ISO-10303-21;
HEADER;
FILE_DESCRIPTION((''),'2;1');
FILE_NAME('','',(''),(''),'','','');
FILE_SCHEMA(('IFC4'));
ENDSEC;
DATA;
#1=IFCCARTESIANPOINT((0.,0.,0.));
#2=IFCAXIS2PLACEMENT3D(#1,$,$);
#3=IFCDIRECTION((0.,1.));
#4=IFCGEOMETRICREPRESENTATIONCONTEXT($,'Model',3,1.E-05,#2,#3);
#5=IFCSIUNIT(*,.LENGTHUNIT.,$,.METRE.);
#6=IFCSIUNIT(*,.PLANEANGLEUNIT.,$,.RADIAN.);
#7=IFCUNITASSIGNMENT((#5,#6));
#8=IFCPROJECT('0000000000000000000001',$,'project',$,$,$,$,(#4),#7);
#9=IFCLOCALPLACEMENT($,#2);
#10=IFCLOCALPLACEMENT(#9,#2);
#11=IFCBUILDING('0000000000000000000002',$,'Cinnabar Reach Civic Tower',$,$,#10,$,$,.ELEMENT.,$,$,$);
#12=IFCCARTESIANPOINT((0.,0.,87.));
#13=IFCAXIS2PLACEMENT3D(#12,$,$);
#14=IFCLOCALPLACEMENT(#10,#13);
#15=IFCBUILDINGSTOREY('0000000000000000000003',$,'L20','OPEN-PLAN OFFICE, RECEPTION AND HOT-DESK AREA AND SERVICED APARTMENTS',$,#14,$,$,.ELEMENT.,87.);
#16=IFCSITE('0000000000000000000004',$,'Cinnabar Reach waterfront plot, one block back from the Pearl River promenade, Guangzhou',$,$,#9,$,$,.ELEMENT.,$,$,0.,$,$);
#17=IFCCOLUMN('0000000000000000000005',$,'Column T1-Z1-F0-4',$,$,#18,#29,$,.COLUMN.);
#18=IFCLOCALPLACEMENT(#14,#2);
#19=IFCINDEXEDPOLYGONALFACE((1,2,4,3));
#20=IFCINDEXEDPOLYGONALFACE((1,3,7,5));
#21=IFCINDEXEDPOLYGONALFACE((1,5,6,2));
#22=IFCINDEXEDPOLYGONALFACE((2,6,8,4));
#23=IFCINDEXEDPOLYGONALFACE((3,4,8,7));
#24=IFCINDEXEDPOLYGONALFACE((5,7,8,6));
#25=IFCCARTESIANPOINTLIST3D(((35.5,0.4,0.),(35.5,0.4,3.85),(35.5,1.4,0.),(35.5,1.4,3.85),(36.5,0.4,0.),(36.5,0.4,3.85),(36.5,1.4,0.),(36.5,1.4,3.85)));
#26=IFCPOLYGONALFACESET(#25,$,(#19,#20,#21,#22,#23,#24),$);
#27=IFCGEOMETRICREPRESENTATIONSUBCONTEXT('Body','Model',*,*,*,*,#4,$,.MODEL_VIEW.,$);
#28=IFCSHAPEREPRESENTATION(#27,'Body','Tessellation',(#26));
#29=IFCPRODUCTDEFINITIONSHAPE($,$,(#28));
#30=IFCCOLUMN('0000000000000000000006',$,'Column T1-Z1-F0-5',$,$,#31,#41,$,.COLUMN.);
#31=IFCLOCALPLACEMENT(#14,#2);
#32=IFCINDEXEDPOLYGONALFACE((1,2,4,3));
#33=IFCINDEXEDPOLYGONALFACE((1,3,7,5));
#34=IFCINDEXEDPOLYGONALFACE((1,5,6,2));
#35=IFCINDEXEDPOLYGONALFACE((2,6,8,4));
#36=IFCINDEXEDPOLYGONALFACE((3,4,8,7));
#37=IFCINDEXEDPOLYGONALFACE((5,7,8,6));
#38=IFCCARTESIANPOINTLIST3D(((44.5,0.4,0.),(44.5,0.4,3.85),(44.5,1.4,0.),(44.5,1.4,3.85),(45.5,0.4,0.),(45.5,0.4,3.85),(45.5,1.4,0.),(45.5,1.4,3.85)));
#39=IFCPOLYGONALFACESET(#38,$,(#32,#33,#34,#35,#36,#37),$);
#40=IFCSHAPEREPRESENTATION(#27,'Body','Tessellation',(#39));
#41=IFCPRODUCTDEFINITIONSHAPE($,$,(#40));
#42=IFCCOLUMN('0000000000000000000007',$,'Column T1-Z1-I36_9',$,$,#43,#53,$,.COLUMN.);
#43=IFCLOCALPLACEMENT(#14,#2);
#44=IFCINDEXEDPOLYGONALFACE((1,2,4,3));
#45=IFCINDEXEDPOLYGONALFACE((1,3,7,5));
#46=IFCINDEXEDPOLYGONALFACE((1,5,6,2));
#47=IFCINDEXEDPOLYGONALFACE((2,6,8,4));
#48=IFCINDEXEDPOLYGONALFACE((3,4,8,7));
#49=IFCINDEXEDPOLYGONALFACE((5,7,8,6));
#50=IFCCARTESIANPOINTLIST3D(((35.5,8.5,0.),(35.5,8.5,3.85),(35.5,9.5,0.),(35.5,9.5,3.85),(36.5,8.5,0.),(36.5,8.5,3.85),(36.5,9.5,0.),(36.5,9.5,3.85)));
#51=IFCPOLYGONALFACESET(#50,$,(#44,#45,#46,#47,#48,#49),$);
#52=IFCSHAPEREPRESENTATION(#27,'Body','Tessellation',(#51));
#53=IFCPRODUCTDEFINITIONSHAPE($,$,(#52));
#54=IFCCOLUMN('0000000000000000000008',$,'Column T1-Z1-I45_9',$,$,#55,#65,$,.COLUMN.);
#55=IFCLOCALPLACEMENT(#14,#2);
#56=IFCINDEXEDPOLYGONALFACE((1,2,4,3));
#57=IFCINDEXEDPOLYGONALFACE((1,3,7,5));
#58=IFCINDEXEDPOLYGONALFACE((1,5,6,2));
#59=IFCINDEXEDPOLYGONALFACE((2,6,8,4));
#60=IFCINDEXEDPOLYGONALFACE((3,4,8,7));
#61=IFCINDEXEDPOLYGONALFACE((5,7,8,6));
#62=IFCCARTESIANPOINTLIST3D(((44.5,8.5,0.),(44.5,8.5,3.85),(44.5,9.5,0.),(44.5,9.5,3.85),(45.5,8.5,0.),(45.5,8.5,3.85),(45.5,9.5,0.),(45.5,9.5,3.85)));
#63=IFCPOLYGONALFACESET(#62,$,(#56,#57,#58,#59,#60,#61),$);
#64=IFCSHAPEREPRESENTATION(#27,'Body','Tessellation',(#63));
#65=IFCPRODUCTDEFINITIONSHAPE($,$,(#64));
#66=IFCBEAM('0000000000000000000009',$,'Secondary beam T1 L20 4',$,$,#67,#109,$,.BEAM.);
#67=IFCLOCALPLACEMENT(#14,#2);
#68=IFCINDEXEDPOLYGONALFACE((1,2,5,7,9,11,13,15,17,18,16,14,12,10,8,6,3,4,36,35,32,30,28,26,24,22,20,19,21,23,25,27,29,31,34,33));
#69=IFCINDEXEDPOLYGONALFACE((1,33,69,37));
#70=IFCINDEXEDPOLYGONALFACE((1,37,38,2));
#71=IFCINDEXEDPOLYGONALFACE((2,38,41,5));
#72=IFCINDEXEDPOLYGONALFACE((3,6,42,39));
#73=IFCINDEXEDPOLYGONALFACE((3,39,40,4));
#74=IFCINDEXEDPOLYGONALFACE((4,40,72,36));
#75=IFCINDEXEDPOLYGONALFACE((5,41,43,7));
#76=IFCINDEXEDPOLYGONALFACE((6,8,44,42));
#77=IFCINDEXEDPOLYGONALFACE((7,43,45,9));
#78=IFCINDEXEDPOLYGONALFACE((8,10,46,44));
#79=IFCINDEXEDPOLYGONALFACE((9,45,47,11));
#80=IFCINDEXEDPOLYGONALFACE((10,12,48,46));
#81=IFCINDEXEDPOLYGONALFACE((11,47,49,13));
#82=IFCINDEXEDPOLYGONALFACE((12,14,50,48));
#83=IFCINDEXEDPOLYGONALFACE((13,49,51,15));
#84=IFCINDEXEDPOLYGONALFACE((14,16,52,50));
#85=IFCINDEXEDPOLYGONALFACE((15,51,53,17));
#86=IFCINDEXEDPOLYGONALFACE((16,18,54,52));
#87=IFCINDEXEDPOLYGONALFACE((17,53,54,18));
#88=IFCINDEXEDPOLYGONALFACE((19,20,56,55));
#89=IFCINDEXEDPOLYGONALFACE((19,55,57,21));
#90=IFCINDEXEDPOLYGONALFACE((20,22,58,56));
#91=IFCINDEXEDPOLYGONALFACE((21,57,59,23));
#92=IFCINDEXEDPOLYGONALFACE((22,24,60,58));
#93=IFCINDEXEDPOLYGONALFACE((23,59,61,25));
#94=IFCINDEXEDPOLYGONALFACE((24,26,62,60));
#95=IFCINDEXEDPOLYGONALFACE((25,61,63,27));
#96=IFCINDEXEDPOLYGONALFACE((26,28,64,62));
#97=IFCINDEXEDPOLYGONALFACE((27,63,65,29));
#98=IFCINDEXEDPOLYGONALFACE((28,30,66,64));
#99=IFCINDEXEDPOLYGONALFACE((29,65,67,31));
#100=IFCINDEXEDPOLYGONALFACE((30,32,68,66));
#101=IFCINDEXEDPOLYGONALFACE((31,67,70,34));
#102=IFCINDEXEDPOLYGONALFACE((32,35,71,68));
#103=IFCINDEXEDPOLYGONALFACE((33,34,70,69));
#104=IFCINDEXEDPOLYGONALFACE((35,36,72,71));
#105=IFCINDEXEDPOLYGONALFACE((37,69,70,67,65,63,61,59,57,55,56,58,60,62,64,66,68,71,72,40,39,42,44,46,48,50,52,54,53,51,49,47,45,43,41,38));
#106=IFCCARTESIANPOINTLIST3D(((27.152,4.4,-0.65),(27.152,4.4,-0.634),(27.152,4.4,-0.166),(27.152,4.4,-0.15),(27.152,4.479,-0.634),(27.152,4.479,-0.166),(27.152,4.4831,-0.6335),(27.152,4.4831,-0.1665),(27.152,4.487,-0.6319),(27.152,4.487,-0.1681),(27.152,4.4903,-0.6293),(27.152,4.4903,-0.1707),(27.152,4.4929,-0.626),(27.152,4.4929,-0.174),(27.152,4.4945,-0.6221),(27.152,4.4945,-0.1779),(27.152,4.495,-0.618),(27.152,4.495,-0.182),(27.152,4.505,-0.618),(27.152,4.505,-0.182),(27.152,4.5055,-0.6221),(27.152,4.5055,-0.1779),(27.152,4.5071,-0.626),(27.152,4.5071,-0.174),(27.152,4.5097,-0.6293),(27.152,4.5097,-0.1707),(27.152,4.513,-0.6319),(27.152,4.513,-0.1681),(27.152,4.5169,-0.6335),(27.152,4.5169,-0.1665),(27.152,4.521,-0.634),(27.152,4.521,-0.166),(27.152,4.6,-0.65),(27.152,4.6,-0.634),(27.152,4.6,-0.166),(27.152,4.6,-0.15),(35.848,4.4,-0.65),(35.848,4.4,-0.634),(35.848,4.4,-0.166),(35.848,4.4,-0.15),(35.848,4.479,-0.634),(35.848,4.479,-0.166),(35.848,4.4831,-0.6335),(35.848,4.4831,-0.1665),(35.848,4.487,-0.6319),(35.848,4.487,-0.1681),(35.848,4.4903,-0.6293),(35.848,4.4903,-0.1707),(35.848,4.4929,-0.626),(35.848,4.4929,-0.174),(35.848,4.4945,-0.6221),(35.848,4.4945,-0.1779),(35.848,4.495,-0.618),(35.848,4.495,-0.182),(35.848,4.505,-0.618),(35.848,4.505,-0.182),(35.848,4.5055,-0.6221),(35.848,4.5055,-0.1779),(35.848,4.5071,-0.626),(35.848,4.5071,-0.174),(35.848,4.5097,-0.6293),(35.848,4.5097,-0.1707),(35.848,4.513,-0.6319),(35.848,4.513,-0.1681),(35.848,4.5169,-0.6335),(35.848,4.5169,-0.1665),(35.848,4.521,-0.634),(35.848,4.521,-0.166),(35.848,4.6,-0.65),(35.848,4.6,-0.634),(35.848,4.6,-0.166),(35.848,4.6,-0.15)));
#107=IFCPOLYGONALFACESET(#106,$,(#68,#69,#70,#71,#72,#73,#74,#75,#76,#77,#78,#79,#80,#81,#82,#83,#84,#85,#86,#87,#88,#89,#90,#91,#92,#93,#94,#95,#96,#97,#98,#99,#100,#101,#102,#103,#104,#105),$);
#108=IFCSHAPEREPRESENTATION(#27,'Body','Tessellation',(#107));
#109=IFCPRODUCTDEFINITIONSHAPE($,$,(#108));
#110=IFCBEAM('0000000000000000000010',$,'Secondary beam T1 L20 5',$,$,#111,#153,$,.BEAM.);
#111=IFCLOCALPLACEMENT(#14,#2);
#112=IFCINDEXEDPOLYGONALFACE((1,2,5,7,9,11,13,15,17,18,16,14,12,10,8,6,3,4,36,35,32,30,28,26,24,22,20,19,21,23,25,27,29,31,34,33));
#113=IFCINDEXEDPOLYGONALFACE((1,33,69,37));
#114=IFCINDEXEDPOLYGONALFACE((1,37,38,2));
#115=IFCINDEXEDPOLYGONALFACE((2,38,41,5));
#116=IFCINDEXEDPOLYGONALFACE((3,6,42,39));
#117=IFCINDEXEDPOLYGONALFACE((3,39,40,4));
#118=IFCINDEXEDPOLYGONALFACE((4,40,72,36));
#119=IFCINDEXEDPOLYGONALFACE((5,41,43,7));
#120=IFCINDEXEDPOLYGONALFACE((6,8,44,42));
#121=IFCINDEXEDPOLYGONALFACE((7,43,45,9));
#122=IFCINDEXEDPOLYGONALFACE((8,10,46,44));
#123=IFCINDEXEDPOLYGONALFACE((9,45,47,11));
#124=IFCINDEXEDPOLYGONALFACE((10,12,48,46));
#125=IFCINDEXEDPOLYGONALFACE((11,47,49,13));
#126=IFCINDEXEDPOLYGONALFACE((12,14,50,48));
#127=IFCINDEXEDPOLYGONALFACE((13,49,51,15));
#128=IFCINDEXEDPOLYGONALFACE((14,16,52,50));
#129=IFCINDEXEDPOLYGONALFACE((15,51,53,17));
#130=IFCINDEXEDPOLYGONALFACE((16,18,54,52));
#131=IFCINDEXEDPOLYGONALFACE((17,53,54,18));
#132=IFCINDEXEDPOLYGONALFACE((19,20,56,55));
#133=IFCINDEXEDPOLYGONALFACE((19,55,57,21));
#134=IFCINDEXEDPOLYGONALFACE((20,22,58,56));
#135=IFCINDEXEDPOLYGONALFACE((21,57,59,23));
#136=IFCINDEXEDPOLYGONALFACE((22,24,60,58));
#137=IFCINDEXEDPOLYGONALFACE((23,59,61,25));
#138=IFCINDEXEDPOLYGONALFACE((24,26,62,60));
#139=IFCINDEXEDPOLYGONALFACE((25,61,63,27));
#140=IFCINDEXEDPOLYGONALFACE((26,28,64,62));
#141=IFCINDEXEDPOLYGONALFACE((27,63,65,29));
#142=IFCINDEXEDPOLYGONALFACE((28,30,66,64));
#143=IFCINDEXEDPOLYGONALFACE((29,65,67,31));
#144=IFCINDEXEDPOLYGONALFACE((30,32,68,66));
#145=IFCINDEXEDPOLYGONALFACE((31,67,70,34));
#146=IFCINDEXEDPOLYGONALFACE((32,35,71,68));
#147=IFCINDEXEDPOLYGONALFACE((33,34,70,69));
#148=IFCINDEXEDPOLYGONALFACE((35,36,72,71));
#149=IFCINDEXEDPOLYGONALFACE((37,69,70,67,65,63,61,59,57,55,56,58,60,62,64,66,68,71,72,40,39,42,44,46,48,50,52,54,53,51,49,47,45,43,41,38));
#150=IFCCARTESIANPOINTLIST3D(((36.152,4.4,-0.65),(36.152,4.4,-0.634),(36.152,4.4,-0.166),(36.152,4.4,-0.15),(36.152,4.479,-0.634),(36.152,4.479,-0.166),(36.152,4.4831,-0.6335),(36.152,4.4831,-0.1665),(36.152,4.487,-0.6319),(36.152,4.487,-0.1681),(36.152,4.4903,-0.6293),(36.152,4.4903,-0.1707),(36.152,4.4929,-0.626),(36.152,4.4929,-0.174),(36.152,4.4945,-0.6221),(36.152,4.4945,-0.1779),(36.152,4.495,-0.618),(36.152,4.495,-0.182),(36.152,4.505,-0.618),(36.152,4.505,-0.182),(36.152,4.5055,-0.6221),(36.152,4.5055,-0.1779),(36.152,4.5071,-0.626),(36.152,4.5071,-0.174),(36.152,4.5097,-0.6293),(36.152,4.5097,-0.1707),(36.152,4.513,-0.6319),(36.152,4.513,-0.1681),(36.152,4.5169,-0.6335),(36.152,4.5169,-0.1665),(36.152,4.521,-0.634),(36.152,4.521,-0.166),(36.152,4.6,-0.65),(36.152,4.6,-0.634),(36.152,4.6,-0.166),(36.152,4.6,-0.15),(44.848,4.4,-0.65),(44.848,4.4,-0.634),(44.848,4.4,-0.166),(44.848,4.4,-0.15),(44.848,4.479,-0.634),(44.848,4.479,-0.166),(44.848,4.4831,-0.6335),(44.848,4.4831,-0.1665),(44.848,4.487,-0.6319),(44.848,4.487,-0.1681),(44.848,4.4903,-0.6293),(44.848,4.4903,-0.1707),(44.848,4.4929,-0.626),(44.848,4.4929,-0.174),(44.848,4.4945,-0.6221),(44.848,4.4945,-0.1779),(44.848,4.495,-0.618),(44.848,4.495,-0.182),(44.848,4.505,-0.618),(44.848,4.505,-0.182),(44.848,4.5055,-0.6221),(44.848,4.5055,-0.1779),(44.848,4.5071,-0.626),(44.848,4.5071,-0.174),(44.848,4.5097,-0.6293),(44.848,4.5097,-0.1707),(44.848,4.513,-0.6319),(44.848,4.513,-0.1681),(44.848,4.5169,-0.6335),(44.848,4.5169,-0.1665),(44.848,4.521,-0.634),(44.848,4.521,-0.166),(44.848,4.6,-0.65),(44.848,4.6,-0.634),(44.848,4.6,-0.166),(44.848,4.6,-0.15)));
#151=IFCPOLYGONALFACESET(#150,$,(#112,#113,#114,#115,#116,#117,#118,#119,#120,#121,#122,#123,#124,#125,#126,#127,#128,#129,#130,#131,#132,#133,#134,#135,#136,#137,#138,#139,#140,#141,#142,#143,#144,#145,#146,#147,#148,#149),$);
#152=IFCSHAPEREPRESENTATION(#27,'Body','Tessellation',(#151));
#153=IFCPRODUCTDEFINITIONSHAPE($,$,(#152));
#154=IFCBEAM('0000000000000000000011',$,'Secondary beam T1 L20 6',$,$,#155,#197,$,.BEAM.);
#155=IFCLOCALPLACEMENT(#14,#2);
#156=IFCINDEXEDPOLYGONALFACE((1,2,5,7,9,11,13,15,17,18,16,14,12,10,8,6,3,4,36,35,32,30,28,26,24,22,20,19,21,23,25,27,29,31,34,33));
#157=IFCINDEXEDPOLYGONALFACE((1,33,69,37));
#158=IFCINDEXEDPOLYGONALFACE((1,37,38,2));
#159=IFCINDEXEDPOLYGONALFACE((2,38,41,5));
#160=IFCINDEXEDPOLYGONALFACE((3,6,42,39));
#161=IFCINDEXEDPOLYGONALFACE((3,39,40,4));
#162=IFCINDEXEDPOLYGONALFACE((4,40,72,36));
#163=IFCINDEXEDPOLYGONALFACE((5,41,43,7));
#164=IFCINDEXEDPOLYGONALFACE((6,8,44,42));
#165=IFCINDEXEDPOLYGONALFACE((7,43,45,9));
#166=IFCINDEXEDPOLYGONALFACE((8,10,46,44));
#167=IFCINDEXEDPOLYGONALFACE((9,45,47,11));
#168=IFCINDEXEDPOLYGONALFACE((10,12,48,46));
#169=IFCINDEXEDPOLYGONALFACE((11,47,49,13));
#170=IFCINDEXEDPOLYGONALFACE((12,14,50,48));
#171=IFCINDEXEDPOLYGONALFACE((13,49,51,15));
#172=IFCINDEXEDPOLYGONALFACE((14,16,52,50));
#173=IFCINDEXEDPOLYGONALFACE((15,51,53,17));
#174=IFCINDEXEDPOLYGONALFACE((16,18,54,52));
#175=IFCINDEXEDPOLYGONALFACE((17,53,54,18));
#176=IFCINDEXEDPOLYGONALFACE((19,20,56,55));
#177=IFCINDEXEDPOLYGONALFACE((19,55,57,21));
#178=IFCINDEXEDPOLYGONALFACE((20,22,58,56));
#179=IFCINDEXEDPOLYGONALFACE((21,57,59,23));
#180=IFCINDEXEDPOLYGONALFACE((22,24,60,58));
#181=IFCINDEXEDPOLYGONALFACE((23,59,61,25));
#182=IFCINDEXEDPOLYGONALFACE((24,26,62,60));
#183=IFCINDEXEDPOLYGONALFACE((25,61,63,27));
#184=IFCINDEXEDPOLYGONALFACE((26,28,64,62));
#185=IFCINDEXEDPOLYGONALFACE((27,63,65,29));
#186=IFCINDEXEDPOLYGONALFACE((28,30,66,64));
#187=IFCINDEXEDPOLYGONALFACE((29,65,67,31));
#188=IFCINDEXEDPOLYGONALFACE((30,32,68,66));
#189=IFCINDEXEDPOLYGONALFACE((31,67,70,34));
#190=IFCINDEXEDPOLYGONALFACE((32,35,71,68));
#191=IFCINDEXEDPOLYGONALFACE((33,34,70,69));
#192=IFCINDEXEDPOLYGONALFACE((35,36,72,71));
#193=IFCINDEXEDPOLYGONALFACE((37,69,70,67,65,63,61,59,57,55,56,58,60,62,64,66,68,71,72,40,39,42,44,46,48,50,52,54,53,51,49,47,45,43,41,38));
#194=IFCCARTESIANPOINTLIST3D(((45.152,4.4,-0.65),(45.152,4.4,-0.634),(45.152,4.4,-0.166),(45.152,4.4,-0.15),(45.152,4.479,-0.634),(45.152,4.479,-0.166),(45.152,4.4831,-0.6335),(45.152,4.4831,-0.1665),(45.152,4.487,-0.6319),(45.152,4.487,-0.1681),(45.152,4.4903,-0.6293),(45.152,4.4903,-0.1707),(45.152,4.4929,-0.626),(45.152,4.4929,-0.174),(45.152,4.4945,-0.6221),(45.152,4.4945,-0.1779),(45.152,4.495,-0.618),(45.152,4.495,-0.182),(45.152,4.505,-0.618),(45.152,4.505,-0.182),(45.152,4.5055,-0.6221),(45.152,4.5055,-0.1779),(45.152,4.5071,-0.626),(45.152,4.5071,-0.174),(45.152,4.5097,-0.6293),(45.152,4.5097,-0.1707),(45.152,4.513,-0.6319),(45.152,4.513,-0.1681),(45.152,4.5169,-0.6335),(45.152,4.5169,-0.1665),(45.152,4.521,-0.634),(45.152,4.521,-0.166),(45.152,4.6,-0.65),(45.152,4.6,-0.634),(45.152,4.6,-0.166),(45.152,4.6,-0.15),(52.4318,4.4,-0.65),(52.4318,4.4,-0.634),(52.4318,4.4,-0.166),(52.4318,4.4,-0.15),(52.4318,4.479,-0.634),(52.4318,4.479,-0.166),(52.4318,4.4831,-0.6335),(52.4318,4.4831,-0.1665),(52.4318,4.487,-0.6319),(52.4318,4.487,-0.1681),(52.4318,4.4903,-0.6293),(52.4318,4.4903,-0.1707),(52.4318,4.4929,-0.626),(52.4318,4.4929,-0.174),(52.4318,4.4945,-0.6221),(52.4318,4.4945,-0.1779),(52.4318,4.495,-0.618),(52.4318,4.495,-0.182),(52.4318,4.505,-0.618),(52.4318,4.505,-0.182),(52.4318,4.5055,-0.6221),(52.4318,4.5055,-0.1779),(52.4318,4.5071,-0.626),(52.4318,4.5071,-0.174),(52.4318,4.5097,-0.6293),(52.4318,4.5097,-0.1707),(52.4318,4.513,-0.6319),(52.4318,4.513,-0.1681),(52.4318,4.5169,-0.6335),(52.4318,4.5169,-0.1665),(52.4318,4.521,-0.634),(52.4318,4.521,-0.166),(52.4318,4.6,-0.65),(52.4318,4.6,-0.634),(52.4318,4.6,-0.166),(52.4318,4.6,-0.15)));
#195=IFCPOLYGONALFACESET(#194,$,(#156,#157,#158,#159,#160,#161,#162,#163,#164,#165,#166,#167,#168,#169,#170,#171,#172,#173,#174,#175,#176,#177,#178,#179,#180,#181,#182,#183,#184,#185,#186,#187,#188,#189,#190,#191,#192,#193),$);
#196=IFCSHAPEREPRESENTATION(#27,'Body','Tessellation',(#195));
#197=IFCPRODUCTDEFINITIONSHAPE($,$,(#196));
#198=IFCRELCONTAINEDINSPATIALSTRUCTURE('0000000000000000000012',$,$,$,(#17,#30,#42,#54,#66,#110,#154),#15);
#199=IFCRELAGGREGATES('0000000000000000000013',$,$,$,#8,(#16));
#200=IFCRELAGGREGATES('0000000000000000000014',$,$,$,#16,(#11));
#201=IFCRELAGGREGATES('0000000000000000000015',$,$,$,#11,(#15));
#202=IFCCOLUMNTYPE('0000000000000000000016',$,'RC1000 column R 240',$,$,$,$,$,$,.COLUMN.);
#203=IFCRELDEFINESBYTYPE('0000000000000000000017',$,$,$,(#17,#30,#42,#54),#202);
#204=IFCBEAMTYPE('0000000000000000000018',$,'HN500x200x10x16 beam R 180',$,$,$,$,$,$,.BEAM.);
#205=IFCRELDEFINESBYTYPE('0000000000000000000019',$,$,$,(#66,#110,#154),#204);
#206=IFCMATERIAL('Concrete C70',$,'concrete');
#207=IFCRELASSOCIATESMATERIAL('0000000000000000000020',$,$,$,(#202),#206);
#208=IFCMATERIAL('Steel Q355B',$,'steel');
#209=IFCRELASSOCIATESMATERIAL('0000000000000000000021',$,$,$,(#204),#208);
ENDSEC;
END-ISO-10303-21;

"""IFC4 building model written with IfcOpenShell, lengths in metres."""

from ifc_helpers import new_model, si_unit, direction, frame, origin, origin_2d, place, context, subcontext, project, spatial, rectangle, i_section, extrude, material, material_profile, profile_set, type_object, element, save


model = new_model("IFC4")

# Units and contexts
model_context = context("Model", 3, precision=1e-05, world=origin(), true_north=direction((0.0, 1.0)))
body_context = subcontext(model_context, "Body", "Model", "MODEL_VIEW")
ifc_project = project(units=[si_unit("LENGTHUNIT", "METRE"), si_unit("PLANEANGLEUNIT", "RADIAN")], contexts=[model_context])

# Site, building, storey
site_placement = place(None, origin())
site = spatial("IfcSite", under=ifc_project, at=site_placement, Name="Cinnabar Reach waterfront plot, one block back from the Pearl River promenade, Guangzhou", CompositionType="ELEMENT", RefElevation=0.0)
building_placement = place(site_placement, origin())
building = spatial("IfcBuilding", under=site, at=building_placement, Name="Cinnabar Reach Civic Tower", CompositionType="ELEMENT")
storey_placement = place(building_placement, frame((0.0, 0.0, 87.0)))
storey = spatial("IfcBuildingStorey", under=building, at=storey_placement, Name="L20", Description="OPEN-PLAN OFFICE, RECEPTION AND HOT-DESK AREA AND SERVICED APARTMENTS", CompositionType="ELEMENT", Elevation=87.0)

# Columns
ifc_material_1 = material(Name="Concrete C70", Category="concrete")
ifc_material_profile_1 = material_profile(ifc_material_1, rectangle(XDim=1.0, YDim=1.0, at=origin_2d()), Name="RC1000")
ifc_profile_set_1 = profile_set([ifc_material_profile_1], Name="Concrete C70")
column_type = type_object("IfcColumnType", Name="RC1000 column R 240", PredefinedType="COLUMN", material=ifc_profile_set_1)
for number, where, z_axis, x_axis, name in (
    (1, (36.0, 0.9, 0.0), (0.0, 0.0, 1.0), (1.0, 0.0, 0.0), "Column T1-Z1-F0-4"),
    (2, (45.0, 0.9, 0.0), (0.0, 0.0, 1.0), (1.0, 0.0, 0.0), "Column T1-Z1-F0-5"),
    (3, (36.0, 9.0, 0.0), (0.0, 0.0, 1.0), (1.0, 0.0, 0.0), "Column T1-Z1-I36_9"),
    (4, (45.0, 9.0, 0.0), (0.0, 0.0, 1.0), (1.0, 0.0, 0.0), "Column T1-Z1-I45_9"),
):
    element("IfcColumn", number, at=place(storey_placement, frame(where, z_axis=z_axis, x_axis=x_axis)), inside=storey, type_object=column_type, Name=name, PredefinedType="COLUMN", context=body_context, shape_type="SweptSolid", body=[
        extrude(rectangle(XDim=1.0, YDim=1.0, at=origin_2d()), origin(), (0.0, 0.0, 1.0), 3.85),
    ])

# Beams
ifc_material_2 = material(Name="Steel Q355B", Category="steel")
ifc_material_profile_2 = material_profile(ifc_material_2, i_section(OverallWidth=0.2, OverallDepth=0.5, WebThickness=0.01, FlangeThickness=0.016, FilletRadius=0.016, at=origin_2d()), Name="HN500x200x10x16")
ifc_profile_set_2 = profile_set([ifc_material_profile_2], Name="Steel Q355B")
beam_type_1 = type_object("IfcBeamType", Name="HN500x200x10x16 beam R 180", PredefinedType="BEAM", material=ifc_profile_set_2)
for number, where, z_axis, x_axis, name in (
    (5, (27.152, 4.5, -0.4), (1.0, 0.0, 0.0), (0.0, 1.0, 0.0), "Secondary beam T1 L20 4"),
    (6, (36.152, 4.5, -0.4), (1.0, 0.0, 0.0), (0.0, 1.0, 0.0), "Secondary beam T1 L20 5"),
):
    element("IfcBeam", number, at=place(storey_placement, frame(where, z_axis=z_axis, x_axis=x_axis)), inside=storey, type_object=beam_type_1, Name=name, PredefinedType="BEAM", context=body_context, shape_type="SweptSolid", body=[
        extrude(i_section(OverallWidth=0.2, OverallDepth=0.5, WebThickness=0.01, FlangeThickness=0.016, FilletRadius=0.016, at=origin_2d()), origin(), (0.0, 0.0, 1.0), 8.696),
    ])
beam_1_placement = place(storey_placement, frame((45.152, 4.5, -0.4), z_axis=(1.0, 0.0, 0.0), x_axis=(0.0, 1.0, 0.0)))
element("IfcBeam", 7, at=beam_1_placement, inside=storey, type_object=beam_type_1, Name="Secondary beam T1 L20 6", PredefinedType="BEAM", context=body_context, shape_type="SweptSolid", body=[
    extrude(i_section(OverallWidth=0.2, OverallDepth=0.5, WebThickness=0.01, FlangeThickness=0.016, FilletRadius=0.016, at=origin_2d()), origin(), (0.0, 0.0, 1.0), 7.2798),
])

save(model, "model.ifc")
